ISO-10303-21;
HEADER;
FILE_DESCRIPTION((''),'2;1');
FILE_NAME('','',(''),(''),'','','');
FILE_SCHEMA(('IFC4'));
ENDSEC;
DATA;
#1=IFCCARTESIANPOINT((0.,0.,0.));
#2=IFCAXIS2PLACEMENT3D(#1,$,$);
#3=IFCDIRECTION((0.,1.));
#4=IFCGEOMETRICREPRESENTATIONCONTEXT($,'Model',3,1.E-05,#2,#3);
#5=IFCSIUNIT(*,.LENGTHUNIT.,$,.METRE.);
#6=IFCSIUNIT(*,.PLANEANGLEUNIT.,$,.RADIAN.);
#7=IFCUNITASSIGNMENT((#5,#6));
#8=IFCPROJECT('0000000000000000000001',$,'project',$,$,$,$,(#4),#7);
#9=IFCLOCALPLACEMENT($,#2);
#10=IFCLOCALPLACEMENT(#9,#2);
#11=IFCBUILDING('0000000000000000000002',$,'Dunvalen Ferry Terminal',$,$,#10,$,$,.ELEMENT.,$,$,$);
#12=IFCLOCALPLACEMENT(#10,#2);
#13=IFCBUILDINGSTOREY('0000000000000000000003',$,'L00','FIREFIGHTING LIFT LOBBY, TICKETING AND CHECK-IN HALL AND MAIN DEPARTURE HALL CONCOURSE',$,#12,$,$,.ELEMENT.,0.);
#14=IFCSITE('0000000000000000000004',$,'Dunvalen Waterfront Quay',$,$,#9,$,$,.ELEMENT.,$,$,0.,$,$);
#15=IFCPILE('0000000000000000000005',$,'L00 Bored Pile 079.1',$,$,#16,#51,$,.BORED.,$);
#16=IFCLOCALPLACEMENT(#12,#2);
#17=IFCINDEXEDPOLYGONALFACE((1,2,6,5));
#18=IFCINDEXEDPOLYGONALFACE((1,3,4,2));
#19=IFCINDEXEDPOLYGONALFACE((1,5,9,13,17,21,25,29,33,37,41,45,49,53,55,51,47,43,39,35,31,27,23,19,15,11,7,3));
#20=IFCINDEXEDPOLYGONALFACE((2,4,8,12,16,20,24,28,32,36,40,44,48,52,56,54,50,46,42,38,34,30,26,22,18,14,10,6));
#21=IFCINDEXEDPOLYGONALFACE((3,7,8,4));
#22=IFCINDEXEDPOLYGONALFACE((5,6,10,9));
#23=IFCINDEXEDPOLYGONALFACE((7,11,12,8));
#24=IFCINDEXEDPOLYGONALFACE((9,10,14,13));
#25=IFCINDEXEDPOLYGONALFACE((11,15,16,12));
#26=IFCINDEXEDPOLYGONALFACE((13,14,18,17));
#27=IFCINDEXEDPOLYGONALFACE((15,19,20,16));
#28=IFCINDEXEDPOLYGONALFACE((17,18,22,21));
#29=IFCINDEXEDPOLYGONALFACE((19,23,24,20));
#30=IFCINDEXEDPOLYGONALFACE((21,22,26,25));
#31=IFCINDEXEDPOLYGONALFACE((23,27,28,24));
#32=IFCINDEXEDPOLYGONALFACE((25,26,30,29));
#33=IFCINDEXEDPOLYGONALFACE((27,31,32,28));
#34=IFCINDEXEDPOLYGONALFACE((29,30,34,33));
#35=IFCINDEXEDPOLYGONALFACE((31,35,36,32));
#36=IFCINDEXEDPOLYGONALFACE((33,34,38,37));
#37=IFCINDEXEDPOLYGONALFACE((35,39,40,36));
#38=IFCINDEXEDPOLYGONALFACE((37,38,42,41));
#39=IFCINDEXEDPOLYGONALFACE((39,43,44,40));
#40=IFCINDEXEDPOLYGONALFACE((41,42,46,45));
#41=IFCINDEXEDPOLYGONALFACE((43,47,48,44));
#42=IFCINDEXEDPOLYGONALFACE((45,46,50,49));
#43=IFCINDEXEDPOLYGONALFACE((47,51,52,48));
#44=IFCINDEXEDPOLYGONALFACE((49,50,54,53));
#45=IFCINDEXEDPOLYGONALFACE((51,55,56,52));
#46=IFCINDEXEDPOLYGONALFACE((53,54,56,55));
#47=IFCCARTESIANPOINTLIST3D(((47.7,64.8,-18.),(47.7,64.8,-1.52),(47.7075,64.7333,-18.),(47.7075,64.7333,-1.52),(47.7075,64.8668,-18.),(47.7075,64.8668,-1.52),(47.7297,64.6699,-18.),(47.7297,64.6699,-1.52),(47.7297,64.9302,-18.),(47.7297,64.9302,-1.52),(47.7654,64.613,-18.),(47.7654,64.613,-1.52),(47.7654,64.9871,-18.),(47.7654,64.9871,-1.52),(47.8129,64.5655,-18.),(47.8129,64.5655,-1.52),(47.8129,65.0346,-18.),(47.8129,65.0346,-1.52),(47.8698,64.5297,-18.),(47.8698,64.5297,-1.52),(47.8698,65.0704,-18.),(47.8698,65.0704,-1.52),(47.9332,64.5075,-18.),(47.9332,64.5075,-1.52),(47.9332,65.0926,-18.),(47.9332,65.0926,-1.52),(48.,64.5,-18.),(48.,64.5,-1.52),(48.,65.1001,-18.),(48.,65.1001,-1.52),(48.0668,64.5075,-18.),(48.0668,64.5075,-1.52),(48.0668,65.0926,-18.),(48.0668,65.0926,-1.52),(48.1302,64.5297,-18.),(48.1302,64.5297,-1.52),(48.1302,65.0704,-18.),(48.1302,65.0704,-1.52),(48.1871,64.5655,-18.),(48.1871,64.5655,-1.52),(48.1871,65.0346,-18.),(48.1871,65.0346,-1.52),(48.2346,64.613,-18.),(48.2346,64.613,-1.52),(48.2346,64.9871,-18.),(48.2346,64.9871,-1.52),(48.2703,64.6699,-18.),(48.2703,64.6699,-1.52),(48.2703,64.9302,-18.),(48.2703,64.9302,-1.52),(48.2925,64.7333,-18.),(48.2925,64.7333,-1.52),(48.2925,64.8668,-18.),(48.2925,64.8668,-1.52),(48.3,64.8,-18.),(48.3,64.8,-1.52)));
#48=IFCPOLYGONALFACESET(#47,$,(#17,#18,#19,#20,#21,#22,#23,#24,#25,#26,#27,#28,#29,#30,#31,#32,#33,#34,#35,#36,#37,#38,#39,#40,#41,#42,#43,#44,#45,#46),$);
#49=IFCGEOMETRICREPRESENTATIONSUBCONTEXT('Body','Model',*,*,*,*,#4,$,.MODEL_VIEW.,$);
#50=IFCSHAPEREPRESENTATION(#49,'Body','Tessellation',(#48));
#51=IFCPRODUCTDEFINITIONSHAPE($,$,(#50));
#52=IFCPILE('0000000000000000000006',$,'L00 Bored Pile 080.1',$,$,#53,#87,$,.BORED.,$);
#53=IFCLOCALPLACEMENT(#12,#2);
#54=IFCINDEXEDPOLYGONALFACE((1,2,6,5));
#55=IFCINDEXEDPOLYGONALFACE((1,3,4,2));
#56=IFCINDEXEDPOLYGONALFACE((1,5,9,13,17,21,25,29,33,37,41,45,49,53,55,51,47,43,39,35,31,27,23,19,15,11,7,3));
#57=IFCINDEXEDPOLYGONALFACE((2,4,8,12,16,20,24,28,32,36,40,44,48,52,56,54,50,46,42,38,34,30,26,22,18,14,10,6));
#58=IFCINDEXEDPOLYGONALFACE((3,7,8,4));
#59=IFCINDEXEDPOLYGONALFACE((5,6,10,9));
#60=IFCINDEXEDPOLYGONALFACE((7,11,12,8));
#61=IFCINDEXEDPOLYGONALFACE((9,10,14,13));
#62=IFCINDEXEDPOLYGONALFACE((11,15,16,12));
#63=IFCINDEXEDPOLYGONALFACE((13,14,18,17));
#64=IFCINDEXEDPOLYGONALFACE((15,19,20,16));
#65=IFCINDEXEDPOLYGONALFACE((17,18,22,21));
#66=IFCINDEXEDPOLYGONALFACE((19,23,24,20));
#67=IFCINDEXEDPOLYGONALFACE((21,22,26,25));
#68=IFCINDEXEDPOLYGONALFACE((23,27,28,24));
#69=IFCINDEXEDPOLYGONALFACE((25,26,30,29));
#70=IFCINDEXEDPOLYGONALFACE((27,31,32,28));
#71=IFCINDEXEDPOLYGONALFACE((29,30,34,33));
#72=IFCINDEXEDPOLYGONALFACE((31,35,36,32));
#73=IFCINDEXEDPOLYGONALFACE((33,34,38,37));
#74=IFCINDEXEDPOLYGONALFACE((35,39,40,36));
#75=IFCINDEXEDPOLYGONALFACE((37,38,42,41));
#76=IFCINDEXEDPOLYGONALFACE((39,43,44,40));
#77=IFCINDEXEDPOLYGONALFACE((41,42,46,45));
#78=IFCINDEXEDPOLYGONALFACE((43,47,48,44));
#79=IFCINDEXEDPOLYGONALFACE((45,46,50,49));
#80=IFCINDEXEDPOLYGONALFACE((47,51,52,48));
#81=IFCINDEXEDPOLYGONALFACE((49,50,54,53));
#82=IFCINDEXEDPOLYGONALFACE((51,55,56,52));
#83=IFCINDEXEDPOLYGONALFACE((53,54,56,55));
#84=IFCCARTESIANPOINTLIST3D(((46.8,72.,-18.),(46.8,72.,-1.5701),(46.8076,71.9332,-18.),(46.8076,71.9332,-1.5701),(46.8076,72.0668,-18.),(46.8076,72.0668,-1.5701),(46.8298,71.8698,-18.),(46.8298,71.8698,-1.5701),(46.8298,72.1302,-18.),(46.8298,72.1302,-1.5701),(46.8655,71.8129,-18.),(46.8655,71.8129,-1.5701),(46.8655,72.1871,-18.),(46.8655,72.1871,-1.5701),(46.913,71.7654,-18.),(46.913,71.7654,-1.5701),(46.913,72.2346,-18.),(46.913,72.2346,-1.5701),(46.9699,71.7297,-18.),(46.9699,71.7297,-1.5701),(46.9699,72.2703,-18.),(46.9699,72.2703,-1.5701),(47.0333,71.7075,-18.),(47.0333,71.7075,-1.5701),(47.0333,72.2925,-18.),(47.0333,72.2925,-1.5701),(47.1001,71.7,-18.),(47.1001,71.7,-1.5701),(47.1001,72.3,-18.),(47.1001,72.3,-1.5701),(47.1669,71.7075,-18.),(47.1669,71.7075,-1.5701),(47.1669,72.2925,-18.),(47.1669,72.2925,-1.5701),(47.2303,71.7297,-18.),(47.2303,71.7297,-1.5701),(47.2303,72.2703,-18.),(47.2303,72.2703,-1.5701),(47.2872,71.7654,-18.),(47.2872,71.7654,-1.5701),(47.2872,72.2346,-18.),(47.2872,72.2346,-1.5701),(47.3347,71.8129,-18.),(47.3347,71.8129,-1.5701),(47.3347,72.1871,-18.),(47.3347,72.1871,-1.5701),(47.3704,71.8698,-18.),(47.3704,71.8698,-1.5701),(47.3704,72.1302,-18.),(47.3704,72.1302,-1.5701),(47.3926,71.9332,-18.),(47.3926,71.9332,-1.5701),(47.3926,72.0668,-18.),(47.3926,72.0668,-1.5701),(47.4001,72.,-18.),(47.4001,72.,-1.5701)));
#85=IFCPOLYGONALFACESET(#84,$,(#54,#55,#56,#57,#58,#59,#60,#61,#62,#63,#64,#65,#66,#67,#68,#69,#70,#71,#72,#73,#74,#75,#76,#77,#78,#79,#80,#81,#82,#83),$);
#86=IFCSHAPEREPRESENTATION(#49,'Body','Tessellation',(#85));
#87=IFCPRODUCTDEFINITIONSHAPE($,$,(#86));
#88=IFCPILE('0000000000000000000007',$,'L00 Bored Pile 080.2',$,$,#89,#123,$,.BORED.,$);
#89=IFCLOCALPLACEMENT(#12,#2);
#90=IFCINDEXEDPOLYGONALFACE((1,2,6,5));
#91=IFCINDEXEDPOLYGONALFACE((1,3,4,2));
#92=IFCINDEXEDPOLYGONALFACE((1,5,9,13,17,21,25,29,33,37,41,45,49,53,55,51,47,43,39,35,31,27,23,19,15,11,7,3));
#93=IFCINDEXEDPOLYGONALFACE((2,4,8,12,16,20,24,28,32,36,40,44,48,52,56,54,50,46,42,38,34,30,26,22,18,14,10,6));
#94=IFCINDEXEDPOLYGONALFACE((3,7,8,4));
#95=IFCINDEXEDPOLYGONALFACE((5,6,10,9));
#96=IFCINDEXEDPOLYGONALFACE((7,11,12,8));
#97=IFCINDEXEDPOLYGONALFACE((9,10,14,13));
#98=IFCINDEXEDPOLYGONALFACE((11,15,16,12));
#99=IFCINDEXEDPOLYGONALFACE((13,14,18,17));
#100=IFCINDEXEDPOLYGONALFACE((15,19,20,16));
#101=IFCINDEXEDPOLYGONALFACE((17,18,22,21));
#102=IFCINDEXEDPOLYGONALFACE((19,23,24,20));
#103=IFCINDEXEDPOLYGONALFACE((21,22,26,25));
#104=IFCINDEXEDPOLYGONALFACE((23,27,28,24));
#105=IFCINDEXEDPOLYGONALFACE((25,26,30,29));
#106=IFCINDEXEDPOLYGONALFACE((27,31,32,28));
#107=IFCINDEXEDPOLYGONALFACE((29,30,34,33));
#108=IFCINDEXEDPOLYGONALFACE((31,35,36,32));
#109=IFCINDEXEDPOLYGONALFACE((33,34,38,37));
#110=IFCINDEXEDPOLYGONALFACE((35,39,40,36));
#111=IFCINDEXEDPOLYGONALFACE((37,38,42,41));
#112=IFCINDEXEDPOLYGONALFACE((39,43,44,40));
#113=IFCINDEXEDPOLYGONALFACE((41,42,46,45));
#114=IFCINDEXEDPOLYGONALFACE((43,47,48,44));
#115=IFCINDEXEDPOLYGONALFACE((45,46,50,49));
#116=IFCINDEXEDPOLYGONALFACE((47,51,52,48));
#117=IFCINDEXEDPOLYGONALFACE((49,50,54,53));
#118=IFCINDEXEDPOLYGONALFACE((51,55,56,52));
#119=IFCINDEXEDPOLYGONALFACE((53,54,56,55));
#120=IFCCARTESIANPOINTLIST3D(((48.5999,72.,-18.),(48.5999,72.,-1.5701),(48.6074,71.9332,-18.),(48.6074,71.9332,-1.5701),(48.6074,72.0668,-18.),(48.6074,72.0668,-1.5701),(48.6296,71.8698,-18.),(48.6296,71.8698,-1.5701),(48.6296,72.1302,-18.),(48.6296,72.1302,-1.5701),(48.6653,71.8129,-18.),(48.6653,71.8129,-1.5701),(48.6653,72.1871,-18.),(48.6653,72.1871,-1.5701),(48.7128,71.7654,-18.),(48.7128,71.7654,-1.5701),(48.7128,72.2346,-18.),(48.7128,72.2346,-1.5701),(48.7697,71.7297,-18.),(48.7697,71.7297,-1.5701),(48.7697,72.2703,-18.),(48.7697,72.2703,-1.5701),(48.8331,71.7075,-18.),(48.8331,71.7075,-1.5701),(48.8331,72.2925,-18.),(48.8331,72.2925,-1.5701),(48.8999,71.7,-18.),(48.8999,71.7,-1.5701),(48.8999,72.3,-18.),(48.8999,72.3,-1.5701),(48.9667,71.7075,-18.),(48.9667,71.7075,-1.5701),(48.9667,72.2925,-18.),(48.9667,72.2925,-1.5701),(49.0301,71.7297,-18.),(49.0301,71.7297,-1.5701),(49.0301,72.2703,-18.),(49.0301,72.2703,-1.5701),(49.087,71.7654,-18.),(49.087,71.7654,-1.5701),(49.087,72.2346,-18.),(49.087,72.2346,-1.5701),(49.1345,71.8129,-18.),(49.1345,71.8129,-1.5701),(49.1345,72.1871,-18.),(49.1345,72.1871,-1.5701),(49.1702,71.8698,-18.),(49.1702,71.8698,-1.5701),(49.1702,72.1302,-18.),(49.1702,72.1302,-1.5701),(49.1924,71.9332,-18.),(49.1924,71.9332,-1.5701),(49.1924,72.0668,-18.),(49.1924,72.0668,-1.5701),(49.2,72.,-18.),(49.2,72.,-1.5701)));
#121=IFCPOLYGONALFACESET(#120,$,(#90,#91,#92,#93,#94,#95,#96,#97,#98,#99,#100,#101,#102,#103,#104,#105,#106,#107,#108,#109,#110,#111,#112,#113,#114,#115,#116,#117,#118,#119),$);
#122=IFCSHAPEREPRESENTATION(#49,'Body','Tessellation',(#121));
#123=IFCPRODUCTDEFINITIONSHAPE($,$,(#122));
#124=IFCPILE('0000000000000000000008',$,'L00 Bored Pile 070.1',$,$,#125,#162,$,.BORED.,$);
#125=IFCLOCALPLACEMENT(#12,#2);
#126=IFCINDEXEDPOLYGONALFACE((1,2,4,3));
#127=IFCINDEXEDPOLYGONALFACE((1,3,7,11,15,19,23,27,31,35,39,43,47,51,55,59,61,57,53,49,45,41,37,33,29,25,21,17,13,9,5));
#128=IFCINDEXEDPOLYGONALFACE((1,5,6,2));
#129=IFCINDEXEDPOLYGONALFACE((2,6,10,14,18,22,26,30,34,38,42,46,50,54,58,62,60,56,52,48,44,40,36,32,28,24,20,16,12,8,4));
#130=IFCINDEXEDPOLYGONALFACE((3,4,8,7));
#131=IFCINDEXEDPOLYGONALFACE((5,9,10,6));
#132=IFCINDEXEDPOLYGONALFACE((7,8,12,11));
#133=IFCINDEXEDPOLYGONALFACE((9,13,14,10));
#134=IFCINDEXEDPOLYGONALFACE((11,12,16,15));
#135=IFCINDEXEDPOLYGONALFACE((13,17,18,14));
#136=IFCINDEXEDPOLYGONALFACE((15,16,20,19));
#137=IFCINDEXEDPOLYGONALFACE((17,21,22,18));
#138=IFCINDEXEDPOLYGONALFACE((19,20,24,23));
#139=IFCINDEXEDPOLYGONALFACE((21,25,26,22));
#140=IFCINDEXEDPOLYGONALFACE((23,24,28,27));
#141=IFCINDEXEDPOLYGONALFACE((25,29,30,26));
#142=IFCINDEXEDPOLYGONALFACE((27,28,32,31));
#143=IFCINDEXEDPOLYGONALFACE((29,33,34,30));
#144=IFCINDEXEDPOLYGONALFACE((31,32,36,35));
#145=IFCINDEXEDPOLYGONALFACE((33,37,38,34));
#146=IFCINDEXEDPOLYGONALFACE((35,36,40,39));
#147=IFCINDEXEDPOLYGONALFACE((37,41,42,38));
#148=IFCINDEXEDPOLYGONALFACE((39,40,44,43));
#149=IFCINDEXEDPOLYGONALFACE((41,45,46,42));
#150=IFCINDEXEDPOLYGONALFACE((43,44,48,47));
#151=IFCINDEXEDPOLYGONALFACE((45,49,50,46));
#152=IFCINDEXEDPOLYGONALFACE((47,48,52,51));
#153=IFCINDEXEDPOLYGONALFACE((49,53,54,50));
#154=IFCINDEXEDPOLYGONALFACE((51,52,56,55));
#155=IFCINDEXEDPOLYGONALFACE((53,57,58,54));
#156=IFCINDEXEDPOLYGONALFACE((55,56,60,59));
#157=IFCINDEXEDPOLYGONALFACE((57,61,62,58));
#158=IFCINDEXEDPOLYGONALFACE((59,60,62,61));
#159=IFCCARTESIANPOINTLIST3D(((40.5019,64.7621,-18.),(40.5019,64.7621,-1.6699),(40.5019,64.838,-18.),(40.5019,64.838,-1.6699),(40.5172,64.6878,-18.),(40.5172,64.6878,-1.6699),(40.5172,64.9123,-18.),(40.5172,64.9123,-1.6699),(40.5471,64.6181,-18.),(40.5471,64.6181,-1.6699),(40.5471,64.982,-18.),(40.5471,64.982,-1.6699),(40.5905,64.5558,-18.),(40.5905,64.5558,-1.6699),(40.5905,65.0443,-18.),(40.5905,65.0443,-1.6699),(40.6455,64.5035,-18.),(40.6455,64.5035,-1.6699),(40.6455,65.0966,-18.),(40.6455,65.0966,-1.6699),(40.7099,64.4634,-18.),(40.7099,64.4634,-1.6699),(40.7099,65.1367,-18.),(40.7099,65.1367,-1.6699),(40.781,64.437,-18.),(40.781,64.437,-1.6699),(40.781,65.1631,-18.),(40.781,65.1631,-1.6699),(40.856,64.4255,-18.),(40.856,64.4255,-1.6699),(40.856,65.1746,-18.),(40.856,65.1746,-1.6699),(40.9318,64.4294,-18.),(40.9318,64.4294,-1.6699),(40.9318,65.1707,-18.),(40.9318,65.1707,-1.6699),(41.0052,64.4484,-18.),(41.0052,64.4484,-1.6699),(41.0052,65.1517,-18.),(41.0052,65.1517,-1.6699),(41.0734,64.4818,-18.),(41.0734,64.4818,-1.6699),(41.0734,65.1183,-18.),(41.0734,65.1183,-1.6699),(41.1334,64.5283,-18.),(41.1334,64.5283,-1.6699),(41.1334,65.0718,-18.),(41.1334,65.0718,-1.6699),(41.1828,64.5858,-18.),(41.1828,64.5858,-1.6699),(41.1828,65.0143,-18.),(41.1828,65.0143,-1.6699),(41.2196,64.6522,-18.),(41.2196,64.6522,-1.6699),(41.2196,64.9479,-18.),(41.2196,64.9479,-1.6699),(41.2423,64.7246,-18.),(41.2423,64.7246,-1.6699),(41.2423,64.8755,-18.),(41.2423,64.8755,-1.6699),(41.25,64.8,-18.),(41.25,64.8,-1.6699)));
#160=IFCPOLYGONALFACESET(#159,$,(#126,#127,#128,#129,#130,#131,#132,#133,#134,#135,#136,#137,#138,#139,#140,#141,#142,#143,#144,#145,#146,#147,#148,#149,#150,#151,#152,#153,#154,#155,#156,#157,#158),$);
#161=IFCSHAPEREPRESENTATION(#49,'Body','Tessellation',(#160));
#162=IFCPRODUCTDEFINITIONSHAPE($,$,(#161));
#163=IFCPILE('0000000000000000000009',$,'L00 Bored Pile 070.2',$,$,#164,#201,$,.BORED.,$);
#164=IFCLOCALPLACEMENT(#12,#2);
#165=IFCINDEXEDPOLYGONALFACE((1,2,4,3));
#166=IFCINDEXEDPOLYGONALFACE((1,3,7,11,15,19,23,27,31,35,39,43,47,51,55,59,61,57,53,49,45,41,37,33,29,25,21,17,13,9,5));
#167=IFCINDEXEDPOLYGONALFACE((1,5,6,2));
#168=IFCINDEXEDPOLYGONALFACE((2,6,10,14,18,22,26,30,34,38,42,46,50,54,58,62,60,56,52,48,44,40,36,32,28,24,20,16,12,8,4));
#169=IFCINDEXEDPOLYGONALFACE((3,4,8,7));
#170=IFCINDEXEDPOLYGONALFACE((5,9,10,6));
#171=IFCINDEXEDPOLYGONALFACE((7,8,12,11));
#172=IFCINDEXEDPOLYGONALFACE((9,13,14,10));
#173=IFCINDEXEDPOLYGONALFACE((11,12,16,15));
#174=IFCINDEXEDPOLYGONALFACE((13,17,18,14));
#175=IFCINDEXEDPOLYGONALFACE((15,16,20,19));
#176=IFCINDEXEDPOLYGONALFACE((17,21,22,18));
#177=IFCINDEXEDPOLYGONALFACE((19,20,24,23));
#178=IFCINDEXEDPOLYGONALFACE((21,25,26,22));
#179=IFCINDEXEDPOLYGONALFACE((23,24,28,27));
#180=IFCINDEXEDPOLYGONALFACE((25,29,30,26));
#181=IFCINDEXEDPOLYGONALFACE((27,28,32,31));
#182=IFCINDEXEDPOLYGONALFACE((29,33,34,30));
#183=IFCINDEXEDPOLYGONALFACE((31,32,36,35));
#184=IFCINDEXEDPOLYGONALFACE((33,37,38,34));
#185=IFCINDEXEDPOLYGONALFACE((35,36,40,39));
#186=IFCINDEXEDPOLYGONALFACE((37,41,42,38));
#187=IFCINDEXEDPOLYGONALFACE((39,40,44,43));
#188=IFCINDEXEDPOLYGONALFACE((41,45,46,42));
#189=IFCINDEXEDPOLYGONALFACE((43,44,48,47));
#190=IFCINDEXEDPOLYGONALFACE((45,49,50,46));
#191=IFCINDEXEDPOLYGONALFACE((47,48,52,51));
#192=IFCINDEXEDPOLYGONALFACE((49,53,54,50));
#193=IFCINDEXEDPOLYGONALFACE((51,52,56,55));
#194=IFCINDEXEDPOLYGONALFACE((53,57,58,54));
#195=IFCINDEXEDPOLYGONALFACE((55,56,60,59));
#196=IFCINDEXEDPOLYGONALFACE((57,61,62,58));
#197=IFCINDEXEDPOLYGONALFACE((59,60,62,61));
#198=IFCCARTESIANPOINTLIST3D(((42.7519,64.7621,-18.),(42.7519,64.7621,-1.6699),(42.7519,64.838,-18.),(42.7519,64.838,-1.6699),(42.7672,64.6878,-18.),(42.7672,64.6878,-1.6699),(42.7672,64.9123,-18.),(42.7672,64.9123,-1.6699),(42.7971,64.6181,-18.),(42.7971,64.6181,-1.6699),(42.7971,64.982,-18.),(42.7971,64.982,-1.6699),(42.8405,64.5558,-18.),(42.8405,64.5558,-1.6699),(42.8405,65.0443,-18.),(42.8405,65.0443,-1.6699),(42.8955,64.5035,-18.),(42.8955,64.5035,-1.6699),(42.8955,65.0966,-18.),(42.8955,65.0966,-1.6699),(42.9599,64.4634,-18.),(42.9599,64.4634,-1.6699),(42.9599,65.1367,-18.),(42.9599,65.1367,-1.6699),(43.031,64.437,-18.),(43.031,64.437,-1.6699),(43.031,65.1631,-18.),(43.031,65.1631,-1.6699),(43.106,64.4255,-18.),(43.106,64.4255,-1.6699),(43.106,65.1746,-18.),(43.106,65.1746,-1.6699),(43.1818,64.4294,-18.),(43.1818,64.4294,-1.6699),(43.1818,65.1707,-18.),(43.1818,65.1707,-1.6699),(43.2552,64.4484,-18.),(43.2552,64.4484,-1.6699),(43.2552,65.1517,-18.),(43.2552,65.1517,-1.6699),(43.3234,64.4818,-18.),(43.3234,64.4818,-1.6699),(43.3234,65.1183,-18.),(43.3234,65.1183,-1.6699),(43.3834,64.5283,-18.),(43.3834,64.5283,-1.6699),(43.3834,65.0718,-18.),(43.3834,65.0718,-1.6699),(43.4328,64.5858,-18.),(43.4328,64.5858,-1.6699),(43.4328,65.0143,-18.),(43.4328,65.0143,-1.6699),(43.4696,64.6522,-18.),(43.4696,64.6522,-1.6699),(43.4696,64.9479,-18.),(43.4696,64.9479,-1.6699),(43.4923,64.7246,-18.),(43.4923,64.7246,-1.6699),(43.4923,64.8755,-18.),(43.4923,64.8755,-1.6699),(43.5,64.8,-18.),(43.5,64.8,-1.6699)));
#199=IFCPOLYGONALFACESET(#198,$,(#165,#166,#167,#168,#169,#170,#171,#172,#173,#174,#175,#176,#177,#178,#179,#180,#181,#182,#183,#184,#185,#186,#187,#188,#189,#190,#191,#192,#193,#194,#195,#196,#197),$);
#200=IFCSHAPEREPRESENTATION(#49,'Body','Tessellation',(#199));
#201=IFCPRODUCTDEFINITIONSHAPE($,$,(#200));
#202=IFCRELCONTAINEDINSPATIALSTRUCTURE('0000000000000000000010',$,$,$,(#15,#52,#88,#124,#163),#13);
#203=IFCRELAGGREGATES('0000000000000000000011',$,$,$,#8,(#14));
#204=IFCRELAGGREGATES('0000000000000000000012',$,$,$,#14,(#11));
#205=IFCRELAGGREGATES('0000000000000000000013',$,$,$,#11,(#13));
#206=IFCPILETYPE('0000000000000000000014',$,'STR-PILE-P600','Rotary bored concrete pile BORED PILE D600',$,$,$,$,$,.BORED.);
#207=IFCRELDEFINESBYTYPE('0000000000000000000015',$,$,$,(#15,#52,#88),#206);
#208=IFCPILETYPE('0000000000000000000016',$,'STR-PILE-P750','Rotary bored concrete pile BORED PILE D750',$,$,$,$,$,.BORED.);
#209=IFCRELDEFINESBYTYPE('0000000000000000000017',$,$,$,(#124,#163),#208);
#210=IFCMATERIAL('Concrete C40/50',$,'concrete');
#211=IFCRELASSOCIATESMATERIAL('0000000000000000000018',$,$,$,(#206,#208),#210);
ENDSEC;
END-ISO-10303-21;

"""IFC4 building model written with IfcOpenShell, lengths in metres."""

from ifc_helpers import new_model, si_unit, direction, frame, origin, origin_2d, place, context, subcontext, project, spatial, circle, extrude, material, material_profile, profile_set, type_object, element, save


model = new_model("IFC4")

# Units and contexts
model_context = context("Model", 3, precision=1e-05, world=origin(), true_north=direction((0.0, 1.0)))
body_context = subcontext(model_context, "Body", "Model", "MODEL_VIEW")
ifc_project = project(units=[si_unit("LENGTHUNIT", "METRE"), si_unit("PLANEANGLEUNIT", "RADIAN")], contexts=[model_context])

# Site, building, storey
site_placement = place(None, origin())
site = spatial("IfcSite", under=ifc_project, at=site_placement, Name="Dunvalen Waterfront Quay", CompositionType="ELEMENT", RefElevation=0.0)
building_placement = place(site_placement, origin())
building = spatial("IfcBuilding", under=site, at=building_placement, Name="Dunvalen Ferry Terminal", CompositionType="ELEMENT")
storey_placement = place(building_placement, origin())
storey = spatial("IfcBuildingStorey", under=building, at=storey_placement, Name="L00", Description="FIREFIGHTING LIFT LOBBY, TICKETING AND CHECK-IN HALL AND MAIN DEPARTURE HALL CONCOURSE", CompositionType="ELEMENT", Elevation=0.0)

# Shared definitions
ifc_material_1 = material(Name="Concrete C40/50", Category="concrete")

# Piles
ifc_material_profile_1 = material_profile(ifc_material_1, circle(Radius=0.3, at=origin_2d()), Name="Concrete C40/50")
ifc_profile_set_1 = profile_set([ifc_material_profile_1], Name="Concrete C40/50")
pile_type_1 = type_object("IfcPileType", Name="STR-PILE-P600", Description="Rotary bored concrete pile BORED PILE D600", PredefinedType="BORED", material=ifc_profile_set_1)
for number, where, z_axis, x_axis, name in (
    (1, (48.0, 64.8, -1.52), (0.0, 0.0, -1.0), (1.0, 0.0, 0.0), "L00 Bored Pile 079.1"),
):
    element("IfcPile", number, at=place(storey_placement, frame(where, z_axis=z_axis, x_axis=x_axis)), inside=storey, type_object=pile_type_1, Name=name, PredefinedType="BORED", context=body_context, shape_type="SweptSolid", body=[
        extrude(circle(Radius=0.3, at=origin_2d()), origin(), (0.0, 0.0, 1.0), 16.48),
    ])
for number, where, z_axis, x_axis, name in (
    (2, (47.1001, 72.0, -1.5701), (0.0, 0.0, -1.0), (1.0, 0.0, 0.0), "L00 Bored Pile 080.1"),
    (3, (48.8999, 72.0, -1.5701), (0.0, 0.0, -1.0), (1.0, 0.0, 0.0), "L00 Bored Pile 080.2"),
):
    element("IfcPile", number, at=place(storey_placement, frame(where, z_axis=z_axis, x_axis=x_axis)), inside=storey, type_object=pile_type_1, Name=name, PredefinedType="BORED", context=body_context, shape_type="SweptSolid", body=[
        extrude(circle(Radius=0.3, at=origin_2d()), origin(), (0.0, 0.0, 1.0), 16.4299),
    ])
ifc_material_profile_2 = material_profile(ifc_material_1, circle(Radius=0.375, at=origin_2d()), Name="Concrete C40/50")
ifc_profile_set_2 = profile_set([ifc_material_profile_2], Name="Concrete C40/50")
pile_type_2 = type_object("IfcPileType", Name="STR-PILE-P750", Description="Rotary bored concrete pile BORED PILE D750", PredefinedType="BORED", material=ifc_profile_set_2)
for number, where, z_axis, x_axis, name in (
    (4, (40.875, 64.8, -1.6699), (0.0, 0.0, -1.0), (1.0, 0.0, 0.0), "L00 Bored Pile 070.1"),
    (5, (43.125, 64.8, -1.6699), (0.0, 0.0, -1.0), (1.0, 0.0, 0.0), "L00 Bored Pile 070.2"),
):
    element("IfcPile", number, at=place(storey_placement, frame(where, z_axis=z_axis, x_axis=x_axis)), inside=storey, type_object=pile_type_2, Name=name, PredefinedType="BORED", context=body_context, shape_type="SweptSolid", body=[
        extrude(circle(Radius=0.375, at=origin_2d()), origin(), (0.0, 0.0, 1.0), 16.3301),
    ])

save(model, "model.ifc")
